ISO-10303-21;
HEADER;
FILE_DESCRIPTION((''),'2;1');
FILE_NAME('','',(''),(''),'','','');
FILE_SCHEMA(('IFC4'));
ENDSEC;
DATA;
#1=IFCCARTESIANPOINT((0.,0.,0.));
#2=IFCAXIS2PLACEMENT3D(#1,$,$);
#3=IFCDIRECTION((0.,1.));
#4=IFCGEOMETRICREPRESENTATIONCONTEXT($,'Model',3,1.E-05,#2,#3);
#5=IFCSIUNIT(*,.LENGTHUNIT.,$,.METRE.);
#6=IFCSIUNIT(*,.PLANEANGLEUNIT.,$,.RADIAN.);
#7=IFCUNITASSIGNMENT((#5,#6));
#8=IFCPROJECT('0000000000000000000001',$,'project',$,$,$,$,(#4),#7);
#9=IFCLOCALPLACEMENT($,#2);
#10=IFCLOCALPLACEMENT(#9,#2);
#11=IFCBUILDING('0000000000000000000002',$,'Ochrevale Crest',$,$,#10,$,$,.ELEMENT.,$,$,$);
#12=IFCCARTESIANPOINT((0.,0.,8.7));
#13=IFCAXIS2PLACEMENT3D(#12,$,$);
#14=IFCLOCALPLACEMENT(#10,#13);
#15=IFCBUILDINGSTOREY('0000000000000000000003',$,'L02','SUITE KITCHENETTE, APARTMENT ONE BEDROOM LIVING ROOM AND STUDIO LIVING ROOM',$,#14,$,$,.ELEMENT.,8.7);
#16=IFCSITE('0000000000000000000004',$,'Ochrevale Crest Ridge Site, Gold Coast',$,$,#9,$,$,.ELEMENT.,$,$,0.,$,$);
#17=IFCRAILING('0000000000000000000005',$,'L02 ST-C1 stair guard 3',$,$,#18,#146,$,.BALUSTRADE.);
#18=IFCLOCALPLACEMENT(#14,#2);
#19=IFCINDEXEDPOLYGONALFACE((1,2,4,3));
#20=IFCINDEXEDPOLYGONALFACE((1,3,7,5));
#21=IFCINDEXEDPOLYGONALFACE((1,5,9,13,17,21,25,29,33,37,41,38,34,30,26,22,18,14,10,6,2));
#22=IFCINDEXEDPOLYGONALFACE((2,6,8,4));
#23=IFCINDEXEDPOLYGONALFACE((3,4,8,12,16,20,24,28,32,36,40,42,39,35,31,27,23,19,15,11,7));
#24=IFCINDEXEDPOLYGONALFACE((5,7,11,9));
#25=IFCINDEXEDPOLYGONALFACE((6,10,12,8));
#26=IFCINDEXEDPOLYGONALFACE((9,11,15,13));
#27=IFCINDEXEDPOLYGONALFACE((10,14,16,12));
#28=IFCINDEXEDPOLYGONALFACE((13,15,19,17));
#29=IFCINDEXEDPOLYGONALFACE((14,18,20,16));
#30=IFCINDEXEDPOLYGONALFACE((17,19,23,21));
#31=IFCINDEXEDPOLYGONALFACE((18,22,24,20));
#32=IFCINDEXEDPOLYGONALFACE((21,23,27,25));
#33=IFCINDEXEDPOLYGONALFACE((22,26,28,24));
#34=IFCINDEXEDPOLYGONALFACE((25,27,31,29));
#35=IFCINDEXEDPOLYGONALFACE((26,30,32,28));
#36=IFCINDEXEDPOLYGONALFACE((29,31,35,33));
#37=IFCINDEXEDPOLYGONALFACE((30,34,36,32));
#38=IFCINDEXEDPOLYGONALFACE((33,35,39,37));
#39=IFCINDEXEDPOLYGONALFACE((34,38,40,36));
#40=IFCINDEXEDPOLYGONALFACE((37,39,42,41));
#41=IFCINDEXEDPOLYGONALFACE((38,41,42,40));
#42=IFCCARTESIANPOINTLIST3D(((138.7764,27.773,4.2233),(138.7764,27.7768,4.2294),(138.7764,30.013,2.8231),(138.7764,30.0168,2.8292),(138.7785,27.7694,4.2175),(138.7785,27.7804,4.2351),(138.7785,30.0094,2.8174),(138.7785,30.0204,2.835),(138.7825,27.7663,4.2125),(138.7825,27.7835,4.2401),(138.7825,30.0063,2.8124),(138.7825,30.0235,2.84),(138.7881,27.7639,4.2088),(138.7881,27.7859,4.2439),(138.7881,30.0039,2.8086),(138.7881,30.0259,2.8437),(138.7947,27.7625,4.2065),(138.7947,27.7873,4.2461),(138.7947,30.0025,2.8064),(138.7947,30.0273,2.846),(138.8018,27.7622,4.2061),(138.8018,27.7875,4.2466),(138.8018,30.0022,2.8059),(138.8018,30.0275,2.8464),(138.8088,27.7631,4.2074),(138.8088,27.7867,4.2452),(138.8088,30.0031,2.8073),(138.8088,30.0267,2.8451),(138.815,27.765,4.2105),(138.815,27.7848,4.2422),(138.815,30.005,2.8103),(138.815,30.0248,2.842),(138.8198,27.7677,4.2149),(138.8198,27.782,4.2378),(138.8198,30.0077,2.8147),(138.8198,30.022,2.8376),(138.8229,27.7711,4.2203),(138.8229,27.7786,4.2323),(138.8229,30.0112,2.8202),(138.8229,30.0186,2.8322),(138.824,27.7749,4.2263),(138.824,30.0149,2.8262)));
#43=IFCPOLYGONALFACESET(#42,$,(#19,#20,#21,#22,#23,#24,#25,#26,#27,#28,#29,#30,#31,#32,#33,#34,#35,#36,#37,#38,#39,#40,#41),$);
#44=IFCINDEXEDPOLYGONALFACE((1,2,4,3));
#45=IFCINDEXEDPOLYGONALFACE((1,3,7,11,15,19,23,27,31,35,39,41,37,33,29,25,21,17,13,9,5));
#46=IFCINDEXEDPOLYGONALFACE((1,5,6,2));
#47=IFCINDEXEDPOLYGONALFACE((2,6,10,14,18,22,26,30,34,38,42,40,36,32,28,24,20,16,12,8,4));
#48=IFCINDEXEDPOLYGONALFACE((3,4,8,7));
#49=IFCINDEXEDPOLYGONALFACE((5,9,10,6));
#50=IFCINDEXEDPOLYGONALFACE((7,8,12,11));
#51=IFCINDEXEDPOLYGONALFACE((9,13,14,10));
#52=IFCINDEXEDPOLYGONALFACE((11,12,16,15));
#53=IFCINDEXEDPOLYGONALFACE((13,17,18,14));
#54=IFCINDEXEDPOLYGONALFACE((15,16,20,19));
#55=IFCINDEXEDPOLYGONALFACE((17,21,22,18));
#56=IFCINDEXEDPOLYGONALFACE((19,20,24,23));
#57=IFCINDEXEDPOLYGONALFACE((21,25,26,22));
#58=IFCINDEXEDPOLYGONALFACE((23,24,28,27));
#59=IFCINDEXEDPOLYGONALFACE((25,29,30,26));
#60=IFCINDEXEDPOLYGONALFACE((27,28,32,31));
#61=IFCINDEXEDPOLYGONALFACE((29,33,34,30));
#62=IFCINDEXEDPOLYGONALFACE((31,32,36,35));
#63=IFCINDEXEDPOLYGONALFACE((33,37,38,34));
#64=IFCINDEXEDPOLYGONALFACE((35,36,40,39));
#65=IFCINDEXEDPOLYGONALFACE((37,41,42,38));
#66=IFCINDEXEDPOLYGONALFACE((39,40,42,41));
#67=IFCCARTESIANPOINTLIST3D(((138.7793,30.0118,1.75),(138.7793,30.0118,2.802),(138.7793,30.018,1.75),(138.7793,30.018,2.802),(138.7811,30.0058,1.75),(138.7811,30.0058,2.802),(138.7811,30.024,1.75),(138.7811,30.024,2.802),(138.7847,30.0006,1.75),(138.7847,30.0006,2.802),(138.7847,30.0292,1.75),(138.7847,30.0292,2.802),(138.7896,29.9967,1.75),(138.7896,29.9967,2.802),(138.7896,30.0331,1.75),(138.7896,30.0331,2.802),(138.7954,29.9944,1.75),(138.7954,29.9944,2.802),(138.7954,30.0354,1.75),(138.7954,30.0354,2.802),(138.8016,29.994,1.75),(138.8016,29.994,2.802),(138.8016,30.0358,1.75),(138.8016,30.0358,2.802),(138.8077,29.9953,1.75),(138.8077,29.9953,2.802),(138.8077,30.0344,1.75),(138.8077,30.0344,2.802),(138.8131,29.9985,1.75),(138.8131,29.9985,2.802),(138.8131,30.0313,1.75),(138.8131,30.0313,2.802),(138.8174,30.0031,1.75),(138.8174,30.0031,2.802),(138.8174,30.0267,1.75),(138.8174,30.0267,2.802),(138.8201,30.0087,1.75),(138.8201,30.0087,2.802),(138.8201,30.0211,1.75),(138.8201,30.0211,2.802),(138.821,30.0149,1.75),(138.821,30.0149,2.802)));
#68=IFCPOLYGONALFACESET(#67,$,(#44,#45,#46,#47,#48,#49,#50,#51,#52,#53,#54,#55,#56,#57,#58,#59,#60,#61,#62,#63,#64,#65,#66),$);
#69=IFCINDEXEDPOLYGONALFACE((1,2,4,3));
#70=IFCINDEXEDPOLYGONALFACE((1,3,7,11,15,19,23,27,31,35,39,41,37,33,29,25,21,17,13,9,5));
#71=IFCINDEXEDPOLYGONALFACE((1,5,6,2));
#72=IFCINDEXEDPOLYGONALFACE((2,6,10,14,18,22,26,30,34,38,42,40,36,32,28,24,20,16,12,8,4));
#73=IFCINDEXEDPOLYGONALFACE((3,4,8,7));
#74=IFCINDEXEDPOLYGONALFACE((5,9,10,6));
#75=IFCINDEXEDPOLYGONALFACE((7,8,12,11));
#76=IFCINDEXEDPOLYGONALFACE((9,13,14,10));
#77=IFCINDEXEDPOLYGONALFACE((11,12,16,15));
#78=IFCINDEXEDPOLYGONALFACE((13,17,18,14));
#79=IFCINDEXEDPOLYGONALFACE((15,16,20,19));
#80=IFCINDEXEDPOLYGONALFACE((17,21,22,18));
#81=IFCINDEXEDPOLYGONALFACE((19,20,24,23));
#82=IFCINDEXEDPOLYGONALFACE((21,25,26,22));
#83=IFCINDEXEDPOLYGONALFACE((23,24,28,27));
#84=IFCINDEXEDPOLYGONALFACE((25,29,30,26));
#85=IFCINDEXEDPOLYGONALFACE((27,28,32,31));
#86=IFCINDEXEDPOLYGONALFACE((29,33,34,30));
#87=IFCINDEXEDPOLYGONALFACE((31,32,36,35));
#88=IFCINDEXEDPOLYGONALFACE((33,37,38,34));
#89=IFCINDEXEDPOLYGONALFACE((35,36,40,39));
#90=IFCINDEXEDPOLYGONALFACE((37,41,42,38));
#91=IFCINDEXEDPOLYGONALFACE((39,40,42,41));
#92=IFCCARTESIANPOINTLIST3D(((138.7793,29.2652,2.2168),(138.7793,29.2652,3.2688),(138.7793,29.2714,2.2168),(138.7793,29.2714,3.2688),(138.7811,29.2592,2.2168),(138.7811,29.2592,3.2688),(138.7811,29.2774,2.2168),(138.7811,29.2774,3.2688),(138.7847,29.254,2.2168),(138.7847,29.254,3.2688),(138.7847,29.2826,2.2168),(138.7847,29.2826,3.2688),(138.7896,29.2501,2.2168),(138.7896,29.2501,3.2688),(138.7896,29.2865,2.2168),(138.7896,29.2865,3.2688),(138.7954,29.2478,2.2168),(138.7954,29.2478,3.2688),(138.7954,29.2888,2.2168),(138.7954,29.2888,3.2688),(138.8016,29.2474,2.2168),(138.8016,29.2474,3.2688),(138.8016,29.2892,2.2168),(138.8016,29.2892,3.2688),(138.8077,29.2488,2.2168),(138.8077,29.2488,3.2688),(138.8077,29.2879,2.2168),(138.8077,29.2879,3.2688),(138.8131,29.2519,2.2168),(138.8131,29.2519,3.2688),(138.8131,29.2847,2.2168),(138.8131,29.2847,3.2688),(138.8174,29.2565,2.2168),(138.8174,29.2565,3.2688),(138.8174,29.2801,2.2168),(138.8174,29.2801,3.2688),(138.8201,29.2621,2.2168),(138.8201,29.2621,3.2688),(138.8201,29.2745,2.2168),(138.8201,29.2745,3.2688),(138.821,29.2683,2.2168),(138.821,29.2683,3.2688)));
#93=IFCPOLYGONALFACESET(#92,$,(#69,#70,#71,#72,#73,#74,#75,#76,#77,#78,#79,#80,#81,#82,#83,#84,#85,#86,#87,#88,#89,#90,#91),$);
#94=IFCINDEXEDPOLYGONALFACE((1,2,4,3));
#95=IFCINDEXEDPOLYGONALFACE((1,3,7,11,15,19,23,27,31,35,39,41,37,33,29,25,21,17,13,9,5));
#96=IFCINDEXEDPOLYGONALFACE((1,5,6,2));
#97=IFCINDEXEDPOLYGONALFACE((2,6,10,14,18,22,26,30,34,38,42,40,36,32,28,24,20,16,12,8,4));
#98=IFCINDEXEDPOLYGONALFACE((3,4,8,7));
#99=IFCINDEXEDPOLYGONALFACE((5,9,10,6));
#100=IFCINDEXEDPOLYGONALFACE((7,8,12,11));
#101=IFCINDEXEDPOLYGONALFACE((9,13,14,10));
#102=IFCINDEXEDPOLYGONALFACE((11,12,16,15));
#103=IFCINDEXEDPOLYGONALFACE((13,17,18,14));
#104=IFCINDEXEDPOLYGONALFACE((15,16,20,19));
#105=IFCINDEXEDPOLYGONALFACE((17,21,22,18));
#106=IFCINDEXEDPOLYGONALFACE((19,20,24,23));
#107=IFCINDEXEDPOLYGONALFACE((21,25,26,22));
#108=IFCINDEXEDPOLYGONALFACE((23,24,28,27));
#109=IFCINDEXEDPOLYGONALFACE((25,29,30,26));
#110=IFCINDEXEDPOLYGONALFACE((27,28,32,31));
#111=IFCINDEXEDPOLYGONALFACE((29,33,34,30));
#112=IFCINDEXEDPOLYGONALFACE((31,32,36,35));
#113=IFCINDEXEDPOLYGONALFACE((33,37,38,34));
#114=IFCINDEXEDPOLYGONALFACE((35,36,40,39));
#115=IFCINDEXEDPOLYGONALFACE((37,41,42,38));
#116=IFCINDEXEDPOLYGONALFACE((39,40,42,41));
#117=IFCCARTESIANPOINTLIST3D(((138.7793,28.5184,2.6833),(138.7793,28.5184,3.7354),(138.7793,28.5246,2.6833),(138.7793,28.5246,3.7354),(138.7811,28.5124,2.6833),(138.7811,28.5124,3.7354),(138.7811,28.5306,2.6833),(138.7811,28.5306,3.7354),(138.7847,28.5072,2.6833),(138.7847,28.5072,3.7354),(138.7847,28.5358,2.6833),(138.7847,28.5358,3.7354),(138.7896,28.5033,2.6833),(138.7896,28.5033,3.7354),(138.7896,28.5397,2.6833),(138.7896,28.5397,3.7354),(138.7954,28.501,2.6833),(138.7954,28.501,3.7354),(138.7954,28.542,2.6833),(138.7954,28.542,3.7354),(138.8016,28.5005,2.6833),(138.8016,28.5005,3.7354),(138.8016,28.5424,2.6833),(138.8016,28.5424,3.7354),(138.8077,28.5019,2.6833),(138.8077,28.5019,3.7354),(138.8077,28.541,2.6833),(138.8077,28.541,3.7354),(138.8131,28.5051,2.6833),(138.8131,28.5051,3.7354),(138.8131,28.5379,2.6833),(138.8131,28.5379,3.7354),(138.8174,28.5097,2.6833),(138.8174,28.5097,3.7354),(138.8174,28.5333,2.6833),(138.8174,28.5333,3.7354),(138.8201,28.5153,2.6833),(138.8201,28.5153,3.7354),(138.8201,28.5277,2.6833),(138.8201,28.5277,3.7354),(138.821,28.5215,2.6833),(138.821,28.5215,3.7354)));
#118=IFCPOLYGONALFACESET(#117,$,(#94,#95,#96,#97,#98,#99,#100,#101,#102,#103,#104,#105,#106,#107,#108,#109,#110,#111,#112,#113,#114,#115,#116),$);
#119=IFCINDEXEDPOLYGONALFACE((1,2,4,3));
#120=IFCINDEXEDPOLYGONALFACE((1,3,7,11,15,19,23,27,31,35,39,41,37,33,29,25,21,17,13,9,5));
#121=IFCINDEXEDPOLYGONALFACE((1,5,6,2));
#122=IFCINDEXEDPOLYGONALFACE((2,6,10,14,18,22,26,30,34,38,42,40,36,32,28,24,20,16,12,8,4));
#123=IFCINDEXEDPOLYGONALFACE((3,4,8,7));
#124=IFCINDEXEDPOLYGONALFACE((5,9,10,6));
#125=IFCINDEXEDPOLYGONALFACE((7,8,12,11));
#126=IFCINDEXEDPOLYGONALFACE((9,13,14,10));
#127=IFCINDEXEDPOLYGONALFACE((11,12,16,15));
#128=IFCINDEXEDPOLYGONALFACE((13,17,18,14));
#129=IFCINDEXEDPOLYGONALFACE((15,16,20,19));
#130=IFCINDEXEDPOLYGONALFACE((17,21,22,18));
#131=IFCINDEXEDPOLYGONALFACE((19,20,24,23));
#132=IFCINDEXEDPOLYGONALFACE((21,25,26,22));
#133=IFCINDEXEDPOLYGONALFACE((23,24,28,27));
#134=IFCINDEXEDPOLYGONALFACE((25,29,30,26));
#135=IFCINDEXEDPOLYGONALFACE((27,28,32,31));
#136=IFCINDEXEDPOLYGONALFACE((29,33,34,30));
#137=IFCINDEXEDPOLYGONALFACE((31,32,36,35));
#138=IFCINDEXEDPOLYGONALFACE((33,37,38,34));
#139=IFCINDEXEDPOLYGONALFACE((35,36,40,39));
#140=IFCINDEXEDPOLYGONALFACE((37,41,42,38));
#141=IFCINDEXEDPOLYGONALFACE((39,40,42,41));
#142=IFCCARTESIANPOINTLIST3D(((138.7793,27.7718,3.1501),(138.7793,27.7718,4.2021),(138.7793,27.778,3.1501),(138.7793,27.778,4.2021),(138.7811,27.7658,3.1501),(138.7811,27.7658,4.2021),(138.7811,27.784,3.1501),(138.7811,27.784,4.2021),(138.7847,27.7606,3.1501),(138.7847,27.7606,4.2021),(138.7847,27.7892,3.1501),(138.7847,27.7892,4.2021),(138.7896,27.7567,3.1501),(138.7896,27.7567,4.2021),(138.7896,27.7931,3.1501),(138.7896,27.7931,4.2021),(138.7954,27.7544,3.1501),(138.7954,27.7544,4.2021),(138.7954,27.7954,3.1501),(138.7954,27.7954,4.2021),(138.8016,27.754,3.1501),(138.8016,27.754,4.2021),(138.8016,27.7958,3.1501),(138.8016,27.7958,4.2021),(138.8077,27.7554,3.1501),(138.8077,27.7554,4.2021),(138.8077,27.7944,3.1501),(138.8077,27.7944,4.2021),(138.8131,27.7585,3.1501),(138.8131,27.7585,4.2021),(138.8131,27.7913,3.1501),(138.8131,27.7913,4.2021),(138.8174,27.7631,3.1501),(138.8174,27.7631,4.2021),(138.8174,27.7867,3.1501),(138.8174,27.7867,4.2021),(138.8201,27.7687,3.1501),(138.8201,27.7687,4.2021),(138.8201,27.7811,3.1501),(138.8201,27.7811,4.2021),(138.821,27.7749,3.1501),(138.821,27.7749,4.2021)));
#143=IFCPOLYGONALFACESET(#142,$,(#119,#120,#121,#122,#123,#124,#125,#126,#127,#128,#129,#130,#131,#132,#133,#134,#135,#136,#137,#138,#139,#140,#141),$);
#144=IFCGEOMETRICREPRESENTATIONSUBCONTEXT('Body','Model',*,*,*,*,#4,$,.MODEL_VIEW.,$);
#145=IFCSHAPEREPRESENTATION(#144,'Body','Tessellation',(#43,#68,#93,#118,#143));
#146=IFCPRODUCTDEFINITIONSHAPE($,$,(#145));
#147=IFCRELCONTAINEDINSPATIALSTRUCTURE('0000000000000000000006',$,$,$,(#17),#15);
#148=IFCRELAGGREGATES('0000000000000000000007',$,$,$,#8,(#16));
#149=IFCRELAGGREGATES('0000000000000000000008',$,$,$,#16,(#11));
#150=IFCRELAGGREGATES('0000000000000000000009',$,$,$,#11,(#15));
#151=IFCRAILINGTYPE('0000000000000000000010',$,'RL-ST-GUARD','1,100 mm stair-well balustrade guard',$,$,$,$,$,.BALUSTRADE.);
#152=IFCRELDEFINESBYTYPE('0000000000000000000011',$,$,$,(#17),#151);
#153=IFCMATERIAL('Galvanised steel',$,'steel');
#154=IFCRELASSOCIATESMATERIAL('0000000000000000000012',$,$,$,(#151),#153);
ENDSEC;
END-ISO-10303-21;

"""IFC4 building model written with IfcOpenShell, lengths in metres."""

from ifc_helpers import new_model, si_unit, direction, frame, origin, origin_2d, place, context, subcontext, project, spatial, circle, extrude, material, type_object, element, save


model = new_model("IFC4")

# Units and contexts
model_context = context("Model", 3, precision=1e-05, world=origin(), true_north=direction((0.0, 1.0)))
body_context = subcontext(model_context, "Body", "Model", "MODEL_VIEW")
ifc_project = project(units=[si_unit("LENGTHUNIT", "METRE"), si_unit("PLANEANGLEUNIT", "RADIAN")], contexts=[model_context])

# Site, building, storey
site_placement = place(None, origin())
site = spatial("IfcSite", under=ifc_project, at=site_placement, Name="Ochrevale Crest Ridge Site, Gold Coast", CompositionType="ELEMENT", RefElevation=0.0)
building_placement = place(site_placement, origin())
building = spatial("IfcBuilding", under=site, at=building_placement, Name="Ochrevale Crest", CompositionType="ELEMENT")
storey_placement = place(building_placement, frame((0.0, 0.0, 8.7)))
storey = spatial("IfcBuildingStorey", under=building, at=storey_placement, Name="L02", Description="SUITE KITCHENETTE, APARTMENT ONE BEDROOM LIVING ROOM AND STUDIO LIVING ROOM", CompositionType="ELEMENT", Elevation=8.7)

# Railing
ifc_material_1 = material(Name="Galvanised steel", Category="steel")
railing_type_1 = type_object("IfcRailingType", Name="RL-ST-GUARD", Description="1,100 mm stair-well balustrade guard", PredefinedType="BALUSTRADE", material=ifc_material_1)
railing_1_placement = place(storey_placement, frame((138.8, 30.0149, 1.75)))
element("IfcRailing", 1, at=railing_1_placement, inside=storey, type_object=railing_type_1, Name="L02 ST-C1 stair guard 3", PredefinedType="BALUSTRADE", context=body_context, shape_type="SweptSolid", body=[
    extrude(circle(Radius=0.0239, at=origin_2d()), frame((0.0, 0.0, 1.0762), z_axis=(0.0, -0.847972, 0.53004), x_axis=(1.0, 0.0, 0.0)), (0.0, 0.0, 1.0), 2.6416),
    extrude(circle(Radius=0.021, at=origin_2d()), origin(), (0.0, 0.0, 1.0), 1.052),
    extrude(circle(Radius=0.021, at=origin_2d()), frame((0.0, -0.7466, 0.4668)), (0.0, 0.0, 1.0), 1.052),
    extrude(circle(Radius=0.021, at=origin_2d()), frame((0.0, -1.4934, 0.9333)), (0.0, 0.0, 1.0), 1.052),
    extrude(circle(Radius=0.021, at=origin_2d()), frame((0.0, -2.24, 1.4001)), (0.0, 0.0, 1.0), 1.052),
])

save(model, "model.ifc")
